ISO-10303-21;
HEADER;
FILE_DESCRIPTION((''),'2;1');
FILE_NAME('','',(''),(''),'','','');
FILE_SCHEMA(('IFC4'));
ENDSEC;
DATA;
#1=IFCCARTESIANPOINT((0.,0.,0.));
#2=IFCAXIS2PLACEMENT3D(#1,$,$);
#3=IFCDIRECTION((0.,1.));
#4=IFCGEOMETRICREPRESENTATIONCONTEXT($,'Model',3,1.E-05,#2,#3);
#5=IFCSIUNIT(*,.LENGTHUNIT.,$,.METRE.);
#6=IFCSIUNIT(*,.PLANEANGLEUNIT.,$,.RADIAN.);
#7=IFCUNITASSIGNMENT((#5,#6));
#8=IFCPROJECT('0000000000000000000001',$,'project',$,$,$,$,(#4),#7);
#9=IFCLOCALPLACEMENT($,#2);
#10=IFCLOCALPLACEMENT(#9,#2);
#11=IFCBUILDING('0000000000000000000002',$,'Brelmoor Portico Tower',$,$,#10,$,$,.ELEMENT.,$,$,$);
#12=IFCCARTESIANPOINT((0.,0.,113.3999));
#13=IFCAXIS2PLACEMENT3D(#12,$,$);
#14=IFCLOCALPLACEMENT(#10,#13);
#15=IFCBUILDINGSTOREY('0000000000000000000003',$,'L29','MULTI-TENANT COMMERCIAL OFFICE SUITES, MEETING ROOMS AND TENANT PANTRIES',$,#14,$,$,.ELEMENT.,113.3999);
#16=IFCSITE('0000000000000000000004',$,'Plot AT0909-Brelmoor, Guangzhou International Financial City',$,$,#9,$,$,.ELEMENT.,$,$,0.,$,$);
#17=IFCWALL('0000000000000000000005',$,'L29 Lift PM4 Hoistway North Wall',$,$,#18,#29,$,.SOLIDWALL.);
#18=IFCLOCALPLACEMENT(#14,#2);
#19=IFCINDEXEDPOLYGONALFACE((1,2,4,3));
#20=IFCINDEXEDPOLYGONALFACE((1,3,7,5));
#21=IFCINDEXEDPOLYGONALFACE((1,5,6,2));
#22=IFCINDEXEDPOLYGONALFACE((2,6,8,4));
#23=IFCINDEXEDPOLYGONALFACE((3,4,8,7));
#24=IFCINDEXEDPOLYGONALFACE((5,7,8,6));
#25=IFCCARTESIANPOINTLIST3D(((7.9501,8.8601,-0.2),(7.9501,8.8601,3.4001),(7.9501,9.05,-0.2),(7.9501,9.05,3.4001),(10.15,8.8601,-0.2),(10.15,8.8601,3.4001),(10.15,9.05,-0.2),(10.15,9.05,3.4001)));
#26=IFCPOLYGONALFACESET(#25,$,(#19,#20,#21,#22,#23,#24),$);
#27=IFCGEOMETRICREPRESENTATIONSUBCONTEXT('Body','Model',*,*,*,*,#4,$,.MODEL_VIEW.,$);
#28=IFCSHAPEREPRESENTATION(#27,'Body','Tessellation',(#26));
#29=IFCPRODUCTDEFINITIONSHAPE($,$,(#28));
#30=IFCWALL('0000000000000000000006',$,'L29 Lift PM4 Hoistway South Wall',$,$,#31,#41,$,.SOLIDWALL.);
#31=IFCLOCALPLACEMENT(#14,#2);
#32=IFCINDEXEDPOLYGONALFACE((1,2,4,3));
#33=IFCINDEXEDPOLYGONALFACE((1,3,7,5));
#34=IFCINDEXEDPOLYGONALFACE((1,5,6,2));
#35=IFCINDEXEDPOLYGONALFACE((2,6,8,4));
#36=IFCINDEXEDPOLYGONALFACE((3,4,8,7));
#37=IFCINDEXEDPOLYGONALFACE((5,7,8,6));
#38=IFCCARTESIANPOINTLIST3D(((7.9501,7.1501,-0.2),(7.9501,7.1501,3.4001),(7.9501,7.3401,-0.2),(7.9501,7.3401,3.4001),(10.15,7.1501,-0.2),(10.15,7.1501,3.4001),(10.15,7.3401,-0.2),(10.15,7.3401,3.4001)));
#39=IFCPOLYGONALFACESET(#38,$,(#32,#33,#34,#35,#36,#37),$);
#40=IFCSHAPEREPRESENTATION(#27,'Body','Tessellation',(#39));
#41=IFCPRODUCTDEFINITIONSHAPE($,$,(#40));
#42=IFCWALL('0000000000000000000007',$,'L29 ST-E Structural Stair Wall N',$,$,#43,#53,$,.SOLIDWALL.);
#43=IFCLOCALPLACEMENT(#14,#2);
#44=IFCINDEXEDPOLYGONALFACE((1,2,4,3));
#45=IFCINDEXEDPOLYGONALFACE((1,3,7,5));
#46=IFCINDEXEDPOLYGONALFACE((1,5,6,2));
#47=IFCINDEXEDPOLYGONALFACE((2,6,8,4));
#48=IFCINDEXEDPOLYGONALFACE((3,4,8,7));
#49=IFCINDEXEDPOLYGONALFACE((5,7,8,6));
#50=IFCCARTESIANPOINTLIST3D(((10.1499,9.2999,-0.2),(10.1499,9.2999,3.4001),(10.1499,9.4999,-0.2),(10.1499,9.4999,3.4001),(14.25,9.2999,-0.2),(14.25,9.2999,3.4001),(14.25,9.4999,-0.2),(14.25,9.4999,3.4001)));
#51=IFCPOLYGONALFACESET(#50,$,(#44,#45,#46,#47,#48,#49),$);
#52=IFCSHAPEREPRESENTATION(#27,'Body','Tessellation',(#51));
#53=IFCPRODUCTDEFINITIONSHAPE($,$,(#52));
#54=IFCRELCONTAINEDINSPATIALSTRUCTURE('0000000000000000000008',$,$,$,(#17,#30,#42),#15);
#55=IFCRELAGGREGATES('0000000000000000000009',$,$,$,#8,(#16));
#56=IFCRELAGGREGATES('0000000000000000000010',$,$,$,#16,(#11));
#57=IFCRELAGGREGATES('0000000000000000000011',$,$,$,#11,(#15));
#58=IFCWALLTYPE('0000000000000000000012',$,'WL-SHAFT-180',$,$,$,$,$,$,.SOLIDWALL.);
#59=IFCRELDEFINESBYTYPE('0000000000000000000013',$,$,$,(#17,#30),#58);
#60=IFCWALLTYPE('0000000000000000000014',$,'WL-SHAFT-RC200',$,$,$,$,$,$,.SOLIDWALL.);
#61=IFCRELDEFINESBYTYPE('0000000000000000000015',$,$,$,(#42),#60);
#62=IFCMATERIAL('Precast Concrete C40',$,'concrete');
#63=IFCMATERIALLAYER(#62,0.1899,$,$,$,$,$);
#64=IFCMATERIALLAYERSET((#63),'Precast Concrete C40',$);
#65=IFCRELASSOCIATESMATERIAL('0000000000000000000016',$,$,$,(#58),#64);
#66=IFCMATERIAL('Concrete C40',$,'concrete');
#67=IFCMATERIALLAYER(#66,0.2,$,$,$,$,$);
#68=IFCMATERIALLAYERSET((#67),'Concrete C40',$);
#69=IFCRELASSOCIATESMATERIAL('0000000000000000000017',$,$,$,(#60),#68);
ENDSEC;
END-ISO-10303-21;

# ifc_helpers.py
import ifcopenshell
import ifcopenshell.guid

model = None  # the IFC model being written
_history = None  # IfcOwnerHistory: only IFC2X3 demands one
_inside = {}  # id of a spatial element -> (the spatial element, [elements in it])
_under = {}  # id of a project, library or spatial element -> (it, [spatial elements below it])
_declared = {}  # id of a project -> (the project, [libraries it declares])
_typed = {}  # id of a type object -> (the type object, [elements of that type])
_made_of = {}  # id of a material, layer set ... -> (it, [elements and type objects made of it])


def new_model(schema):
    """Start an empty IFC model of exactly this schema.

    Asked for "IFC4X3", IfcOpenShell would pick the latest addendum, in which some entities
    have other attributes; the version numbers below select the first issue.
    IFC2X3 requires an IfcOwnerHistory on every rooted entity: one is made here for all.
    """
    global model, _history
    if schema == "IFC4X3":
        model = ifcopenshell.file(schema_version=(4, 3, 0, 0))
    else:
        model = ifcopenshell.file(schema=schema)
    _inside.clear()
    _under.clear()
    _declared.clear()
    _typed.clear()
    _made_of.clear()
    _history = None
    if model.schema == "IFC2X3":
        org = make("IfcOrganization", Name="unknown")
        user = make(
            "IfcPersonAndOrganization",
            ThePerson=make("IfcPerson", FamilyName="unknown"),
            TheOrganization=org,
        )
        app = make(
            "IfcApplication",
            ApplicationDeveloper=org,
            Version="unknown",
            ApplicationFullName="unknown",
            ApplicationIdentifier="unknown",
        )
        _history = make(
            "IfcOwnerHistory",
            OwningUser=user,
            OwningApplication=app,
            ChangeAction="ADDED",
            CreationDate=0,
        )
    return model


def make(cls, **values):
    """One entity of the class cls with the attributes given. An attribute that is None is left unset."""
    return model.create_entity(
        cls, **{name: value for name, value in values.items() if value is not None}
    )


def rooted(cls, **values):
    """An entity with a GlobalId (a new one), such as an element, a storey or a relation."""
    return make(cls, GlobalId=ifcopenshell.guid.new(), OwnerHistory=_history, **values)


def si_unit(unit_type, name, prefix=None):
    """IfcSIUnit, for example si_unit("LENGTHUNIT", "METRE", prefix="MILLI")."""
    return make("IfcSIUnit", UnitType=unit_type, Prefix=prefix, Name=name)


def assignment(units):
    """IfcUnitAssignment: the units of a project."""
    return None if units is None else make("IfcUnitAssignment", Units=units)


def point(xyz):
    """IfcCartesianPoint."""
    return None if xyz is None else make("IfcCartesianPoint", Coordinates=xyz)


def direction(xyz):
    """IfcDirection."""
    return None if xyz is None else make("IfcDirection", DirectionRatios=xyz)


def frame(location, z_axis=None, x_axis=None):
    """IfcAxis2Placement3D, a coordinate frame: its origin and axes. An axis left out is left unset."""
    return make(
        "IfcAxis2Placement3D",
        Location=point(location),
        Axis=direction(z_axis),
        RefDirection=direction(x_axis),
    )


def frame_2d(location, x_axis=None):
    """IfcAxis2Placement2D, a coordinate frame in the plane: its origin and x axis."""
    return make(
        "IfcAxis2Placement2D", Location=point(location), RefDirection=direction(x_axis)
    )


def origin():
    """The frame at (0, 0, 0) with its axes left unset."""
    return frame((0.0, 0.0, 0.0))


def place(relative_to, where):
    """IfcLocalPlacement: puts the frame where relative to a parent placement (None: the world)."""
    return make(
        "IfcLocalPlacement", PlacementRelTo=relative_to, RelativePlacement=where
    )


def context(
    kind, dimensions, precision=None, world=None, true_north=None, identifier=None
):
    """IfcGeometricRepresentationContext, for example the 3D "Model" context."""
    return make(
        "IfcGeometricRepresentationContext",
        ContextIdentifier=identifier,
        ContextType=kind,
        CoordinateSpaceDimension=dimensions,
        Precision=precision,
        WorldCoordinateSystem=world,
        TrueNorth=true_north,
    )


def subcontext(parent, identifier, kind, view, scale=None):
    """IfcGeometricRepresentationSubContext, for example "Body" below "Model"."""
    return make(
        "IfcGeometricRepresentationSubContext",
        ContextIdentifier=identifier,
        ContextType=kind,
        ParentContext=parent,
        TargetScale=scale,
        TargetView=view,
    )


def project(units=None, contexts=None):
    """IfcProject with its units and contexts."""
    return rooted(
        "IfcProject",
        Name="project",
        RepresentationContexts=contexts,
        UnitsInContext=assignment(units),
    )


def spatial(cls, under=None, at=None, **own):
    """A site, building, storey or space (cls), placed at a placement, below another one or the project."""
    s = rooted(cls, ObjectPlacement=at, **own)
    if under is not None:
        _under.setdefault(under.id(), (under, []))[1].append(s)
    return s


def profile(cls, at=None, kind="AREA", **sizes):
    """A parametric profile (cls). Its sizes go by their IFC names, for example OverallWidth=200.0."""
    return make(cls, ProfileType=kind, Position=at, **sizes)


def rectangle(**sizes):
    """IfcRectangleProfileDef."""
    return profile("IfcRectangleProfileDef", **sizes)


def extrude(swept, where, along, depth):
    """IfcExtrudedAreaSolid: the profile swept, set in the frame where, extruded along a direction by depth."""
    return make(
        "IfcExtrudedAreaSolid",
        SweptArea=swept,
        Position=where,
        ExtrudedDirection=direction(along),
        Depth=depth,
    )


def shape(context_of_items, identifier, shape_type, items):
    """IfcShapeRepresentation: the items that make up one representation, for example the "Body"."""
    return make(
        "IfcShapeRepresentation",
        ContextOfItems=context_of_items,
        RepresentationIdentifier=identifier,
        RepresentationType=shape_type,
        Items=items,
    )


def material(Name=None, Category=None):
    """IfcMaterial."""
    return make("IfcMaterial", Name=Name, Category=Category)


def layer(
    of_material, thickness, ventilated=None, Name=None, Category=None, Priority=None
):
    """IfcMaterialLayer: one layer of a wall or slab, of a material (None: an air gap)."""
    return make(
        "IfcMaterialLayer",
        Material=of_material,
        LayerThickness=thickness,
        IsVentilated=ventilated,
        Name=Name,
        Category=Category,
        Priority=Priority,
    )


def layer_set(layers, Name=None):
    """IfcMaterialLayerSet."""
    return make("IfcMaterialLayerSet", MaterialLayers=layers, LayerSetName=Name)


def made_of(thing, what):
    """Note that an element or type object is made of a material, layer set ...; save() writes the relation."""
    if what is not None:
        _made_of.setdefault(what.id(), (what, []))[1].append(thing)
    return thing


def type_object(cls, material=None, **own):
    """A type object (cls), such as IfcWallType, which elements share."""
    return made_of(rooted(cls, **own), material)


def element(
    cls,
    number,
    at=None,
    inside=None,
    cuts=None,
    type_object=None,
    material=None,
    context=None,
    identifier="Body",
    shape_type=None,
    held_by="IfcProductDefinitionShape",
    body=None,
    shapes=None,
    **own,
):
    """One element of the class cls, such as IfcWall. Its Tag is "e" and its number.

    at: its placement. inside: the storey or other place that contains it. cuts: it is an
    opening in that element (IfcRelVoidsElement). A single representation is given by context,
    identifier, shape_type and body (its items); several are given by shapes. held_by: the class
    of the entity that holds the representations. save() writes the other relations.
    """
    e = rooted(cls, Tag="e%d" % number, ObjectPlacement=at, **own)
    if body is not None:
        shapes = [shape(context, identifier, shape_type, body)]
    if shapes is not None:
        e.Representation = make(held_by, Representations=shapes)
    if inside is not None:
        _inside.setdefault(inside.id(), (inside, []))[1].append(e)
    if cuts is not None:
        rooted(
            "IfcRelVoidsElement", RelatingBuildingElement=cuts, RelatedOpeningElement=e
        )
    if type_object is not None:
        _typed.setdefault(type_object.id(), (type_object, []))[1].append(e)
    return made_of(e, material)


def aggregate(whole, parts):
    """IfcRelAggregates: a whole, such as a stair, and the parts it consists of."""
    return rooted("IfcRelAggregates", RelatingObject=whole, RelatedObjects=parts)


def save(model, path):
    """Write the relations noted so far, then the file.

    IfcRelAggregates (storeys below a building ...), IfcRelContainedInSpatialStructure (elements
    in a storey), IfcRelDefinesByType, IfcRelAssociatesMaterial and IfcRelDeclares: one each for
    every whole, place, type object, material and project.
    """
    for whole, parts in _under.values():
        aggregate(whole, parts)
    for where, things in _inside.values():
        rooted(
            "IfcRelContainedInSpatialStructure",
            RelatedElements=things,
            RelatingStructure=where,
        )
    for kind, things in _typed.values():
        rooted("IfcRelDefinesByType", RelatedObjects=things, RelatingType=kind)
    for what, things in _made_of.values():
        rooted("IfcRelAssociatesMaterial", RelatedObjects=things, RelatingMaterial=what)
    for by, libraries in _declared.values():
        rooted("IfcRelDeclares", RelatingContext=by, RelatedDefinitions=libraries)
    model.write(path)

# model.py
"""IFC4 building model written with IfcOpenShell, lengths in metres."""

from ifc_helpers import new_model, si_unit, direction, frame, frame_2d, origin, place, context, subcontext, project, spatial, rectangle, extrude, material, layer, layer_set, type_object, element, save


model = new_model("IFC4")

# Units and contexts
model_context = context("Model", 3, precision=1e-05, world=origin(), true_north=direction((0.0, 1.0)))
body_context = subcontext(model_context, "Body", "Model", "MODEL_VIEW")
ifc_project = project(units=[si_unit("LENGTHUNIT", "METRE"), si_unit("PLANEANGLEUNIT", "RADIAN")], contexts=[model_context])

# Site, building, storey
site_placement = place(None, origin())
site = spatial("IfcSite", under=ifc_project, at=site_placement, Name="Plot AT0909-Brelmoor, Guangzhou International Financial City", CompositionType="ELEMENT", RefElevation=0.0)
building_placement = place(site_placement, origin())
building = spatial("IfcBuilding", under=site, at=building_placement, Name="Brelmoor Portico Tower", CompositionType="ELEMENT")
storey_placement = place(building_placement, frame((0.0, 0.0, 113.3999)))
storey = spatial("IfcBuildingStorey", under=building, at=storey_placement, Name="L29", Description="MULTI-TENANT COMMERCIAL OFFICE SUITES, MEETING ROOMS AND TENANT PANTRIES", CompositionType="ELEMENT", Elevation=113.3999)

# Shared definitions
ifc_material_1 = material(Name="Precast Concrete C40", Category="concrete")
ifc_layer_1 = layer(ifc_material_1, 0.1899)
ifc_layer_set_1 = layer_set([ifc_layer_1], Name="Precast Concrete C40")
wall_type_1 = type_object("IfcWallType", Name="WL-SHAFT-180", PredefinedType="SOLIDWALL", material=ifc_layer_set_1)

# Walls
for number, where, z_axis, x_axis, name in (
    (1, (7.95, 8.9551, -0.2), (0.0, 0.0, 1.0), (1.0, 0.0, 0.0), "L29 Lift PM4 Hoistway North Wall"),
    (2, (7.95, 7.2451, -0.2), (0.0, 0.0, 1.0), (1.0, 0.0, 0.0), "L29 Lift PM4 Hoistway South Wall"),
):
    element("IfcWall", number, at=place(storey_placement, frame(where, z_axis=z_axis, x_axis=x_axis)), inside=storey, type_object=wall_type_1, Name=name, PredefinedType="SOLIDWALL", context=body_context, shape_type="SweptSolid", body=[
        extrude(rectangle(XDim=2.2, YDim=0.1899, at=frame_2d((1.1001, 0.0))), origin(), (0.0, 0.0, 1.0), 3.6001),
    ])
ifc_material_2 = material(Name="Concrete C40", Category="concrete")
ifc_layer_2 = layer(ifc_material_2, 0.2)
ifc_layer_set_2 = layer_set([ifc_layer_2], Name="Concrete C40")
wall_type_2 = type_object("IfcWallType", Name="WL-SHAFT-RC200", PredefinedType="SOLIDWALL", material=ifc_layer_set_2)
wall_1_placement = place(storey_placement, frame((10.1499, 9.3999, -0.2), z_axis=(0.0, 0.0, 1.0), x_axis=(1.0, 0.0, 0.0)))
element("IfcWall", 3, at=wall_1_placement, inside=storey, type_object=wall_type_2, Name="L29 ST-E Structural Stair Wall N", PredefinedType="SOLIDWALL", context=body_context, shape_type="SweptSolid", body=[
    extrude(rectangle(XDim=4.1001, YDim=0.2, at=frame_2d((2.05, 0.0))), origin(), (0.0, 0.0, 1.0), 3.6001),
])

save(model, "model.ifc")
